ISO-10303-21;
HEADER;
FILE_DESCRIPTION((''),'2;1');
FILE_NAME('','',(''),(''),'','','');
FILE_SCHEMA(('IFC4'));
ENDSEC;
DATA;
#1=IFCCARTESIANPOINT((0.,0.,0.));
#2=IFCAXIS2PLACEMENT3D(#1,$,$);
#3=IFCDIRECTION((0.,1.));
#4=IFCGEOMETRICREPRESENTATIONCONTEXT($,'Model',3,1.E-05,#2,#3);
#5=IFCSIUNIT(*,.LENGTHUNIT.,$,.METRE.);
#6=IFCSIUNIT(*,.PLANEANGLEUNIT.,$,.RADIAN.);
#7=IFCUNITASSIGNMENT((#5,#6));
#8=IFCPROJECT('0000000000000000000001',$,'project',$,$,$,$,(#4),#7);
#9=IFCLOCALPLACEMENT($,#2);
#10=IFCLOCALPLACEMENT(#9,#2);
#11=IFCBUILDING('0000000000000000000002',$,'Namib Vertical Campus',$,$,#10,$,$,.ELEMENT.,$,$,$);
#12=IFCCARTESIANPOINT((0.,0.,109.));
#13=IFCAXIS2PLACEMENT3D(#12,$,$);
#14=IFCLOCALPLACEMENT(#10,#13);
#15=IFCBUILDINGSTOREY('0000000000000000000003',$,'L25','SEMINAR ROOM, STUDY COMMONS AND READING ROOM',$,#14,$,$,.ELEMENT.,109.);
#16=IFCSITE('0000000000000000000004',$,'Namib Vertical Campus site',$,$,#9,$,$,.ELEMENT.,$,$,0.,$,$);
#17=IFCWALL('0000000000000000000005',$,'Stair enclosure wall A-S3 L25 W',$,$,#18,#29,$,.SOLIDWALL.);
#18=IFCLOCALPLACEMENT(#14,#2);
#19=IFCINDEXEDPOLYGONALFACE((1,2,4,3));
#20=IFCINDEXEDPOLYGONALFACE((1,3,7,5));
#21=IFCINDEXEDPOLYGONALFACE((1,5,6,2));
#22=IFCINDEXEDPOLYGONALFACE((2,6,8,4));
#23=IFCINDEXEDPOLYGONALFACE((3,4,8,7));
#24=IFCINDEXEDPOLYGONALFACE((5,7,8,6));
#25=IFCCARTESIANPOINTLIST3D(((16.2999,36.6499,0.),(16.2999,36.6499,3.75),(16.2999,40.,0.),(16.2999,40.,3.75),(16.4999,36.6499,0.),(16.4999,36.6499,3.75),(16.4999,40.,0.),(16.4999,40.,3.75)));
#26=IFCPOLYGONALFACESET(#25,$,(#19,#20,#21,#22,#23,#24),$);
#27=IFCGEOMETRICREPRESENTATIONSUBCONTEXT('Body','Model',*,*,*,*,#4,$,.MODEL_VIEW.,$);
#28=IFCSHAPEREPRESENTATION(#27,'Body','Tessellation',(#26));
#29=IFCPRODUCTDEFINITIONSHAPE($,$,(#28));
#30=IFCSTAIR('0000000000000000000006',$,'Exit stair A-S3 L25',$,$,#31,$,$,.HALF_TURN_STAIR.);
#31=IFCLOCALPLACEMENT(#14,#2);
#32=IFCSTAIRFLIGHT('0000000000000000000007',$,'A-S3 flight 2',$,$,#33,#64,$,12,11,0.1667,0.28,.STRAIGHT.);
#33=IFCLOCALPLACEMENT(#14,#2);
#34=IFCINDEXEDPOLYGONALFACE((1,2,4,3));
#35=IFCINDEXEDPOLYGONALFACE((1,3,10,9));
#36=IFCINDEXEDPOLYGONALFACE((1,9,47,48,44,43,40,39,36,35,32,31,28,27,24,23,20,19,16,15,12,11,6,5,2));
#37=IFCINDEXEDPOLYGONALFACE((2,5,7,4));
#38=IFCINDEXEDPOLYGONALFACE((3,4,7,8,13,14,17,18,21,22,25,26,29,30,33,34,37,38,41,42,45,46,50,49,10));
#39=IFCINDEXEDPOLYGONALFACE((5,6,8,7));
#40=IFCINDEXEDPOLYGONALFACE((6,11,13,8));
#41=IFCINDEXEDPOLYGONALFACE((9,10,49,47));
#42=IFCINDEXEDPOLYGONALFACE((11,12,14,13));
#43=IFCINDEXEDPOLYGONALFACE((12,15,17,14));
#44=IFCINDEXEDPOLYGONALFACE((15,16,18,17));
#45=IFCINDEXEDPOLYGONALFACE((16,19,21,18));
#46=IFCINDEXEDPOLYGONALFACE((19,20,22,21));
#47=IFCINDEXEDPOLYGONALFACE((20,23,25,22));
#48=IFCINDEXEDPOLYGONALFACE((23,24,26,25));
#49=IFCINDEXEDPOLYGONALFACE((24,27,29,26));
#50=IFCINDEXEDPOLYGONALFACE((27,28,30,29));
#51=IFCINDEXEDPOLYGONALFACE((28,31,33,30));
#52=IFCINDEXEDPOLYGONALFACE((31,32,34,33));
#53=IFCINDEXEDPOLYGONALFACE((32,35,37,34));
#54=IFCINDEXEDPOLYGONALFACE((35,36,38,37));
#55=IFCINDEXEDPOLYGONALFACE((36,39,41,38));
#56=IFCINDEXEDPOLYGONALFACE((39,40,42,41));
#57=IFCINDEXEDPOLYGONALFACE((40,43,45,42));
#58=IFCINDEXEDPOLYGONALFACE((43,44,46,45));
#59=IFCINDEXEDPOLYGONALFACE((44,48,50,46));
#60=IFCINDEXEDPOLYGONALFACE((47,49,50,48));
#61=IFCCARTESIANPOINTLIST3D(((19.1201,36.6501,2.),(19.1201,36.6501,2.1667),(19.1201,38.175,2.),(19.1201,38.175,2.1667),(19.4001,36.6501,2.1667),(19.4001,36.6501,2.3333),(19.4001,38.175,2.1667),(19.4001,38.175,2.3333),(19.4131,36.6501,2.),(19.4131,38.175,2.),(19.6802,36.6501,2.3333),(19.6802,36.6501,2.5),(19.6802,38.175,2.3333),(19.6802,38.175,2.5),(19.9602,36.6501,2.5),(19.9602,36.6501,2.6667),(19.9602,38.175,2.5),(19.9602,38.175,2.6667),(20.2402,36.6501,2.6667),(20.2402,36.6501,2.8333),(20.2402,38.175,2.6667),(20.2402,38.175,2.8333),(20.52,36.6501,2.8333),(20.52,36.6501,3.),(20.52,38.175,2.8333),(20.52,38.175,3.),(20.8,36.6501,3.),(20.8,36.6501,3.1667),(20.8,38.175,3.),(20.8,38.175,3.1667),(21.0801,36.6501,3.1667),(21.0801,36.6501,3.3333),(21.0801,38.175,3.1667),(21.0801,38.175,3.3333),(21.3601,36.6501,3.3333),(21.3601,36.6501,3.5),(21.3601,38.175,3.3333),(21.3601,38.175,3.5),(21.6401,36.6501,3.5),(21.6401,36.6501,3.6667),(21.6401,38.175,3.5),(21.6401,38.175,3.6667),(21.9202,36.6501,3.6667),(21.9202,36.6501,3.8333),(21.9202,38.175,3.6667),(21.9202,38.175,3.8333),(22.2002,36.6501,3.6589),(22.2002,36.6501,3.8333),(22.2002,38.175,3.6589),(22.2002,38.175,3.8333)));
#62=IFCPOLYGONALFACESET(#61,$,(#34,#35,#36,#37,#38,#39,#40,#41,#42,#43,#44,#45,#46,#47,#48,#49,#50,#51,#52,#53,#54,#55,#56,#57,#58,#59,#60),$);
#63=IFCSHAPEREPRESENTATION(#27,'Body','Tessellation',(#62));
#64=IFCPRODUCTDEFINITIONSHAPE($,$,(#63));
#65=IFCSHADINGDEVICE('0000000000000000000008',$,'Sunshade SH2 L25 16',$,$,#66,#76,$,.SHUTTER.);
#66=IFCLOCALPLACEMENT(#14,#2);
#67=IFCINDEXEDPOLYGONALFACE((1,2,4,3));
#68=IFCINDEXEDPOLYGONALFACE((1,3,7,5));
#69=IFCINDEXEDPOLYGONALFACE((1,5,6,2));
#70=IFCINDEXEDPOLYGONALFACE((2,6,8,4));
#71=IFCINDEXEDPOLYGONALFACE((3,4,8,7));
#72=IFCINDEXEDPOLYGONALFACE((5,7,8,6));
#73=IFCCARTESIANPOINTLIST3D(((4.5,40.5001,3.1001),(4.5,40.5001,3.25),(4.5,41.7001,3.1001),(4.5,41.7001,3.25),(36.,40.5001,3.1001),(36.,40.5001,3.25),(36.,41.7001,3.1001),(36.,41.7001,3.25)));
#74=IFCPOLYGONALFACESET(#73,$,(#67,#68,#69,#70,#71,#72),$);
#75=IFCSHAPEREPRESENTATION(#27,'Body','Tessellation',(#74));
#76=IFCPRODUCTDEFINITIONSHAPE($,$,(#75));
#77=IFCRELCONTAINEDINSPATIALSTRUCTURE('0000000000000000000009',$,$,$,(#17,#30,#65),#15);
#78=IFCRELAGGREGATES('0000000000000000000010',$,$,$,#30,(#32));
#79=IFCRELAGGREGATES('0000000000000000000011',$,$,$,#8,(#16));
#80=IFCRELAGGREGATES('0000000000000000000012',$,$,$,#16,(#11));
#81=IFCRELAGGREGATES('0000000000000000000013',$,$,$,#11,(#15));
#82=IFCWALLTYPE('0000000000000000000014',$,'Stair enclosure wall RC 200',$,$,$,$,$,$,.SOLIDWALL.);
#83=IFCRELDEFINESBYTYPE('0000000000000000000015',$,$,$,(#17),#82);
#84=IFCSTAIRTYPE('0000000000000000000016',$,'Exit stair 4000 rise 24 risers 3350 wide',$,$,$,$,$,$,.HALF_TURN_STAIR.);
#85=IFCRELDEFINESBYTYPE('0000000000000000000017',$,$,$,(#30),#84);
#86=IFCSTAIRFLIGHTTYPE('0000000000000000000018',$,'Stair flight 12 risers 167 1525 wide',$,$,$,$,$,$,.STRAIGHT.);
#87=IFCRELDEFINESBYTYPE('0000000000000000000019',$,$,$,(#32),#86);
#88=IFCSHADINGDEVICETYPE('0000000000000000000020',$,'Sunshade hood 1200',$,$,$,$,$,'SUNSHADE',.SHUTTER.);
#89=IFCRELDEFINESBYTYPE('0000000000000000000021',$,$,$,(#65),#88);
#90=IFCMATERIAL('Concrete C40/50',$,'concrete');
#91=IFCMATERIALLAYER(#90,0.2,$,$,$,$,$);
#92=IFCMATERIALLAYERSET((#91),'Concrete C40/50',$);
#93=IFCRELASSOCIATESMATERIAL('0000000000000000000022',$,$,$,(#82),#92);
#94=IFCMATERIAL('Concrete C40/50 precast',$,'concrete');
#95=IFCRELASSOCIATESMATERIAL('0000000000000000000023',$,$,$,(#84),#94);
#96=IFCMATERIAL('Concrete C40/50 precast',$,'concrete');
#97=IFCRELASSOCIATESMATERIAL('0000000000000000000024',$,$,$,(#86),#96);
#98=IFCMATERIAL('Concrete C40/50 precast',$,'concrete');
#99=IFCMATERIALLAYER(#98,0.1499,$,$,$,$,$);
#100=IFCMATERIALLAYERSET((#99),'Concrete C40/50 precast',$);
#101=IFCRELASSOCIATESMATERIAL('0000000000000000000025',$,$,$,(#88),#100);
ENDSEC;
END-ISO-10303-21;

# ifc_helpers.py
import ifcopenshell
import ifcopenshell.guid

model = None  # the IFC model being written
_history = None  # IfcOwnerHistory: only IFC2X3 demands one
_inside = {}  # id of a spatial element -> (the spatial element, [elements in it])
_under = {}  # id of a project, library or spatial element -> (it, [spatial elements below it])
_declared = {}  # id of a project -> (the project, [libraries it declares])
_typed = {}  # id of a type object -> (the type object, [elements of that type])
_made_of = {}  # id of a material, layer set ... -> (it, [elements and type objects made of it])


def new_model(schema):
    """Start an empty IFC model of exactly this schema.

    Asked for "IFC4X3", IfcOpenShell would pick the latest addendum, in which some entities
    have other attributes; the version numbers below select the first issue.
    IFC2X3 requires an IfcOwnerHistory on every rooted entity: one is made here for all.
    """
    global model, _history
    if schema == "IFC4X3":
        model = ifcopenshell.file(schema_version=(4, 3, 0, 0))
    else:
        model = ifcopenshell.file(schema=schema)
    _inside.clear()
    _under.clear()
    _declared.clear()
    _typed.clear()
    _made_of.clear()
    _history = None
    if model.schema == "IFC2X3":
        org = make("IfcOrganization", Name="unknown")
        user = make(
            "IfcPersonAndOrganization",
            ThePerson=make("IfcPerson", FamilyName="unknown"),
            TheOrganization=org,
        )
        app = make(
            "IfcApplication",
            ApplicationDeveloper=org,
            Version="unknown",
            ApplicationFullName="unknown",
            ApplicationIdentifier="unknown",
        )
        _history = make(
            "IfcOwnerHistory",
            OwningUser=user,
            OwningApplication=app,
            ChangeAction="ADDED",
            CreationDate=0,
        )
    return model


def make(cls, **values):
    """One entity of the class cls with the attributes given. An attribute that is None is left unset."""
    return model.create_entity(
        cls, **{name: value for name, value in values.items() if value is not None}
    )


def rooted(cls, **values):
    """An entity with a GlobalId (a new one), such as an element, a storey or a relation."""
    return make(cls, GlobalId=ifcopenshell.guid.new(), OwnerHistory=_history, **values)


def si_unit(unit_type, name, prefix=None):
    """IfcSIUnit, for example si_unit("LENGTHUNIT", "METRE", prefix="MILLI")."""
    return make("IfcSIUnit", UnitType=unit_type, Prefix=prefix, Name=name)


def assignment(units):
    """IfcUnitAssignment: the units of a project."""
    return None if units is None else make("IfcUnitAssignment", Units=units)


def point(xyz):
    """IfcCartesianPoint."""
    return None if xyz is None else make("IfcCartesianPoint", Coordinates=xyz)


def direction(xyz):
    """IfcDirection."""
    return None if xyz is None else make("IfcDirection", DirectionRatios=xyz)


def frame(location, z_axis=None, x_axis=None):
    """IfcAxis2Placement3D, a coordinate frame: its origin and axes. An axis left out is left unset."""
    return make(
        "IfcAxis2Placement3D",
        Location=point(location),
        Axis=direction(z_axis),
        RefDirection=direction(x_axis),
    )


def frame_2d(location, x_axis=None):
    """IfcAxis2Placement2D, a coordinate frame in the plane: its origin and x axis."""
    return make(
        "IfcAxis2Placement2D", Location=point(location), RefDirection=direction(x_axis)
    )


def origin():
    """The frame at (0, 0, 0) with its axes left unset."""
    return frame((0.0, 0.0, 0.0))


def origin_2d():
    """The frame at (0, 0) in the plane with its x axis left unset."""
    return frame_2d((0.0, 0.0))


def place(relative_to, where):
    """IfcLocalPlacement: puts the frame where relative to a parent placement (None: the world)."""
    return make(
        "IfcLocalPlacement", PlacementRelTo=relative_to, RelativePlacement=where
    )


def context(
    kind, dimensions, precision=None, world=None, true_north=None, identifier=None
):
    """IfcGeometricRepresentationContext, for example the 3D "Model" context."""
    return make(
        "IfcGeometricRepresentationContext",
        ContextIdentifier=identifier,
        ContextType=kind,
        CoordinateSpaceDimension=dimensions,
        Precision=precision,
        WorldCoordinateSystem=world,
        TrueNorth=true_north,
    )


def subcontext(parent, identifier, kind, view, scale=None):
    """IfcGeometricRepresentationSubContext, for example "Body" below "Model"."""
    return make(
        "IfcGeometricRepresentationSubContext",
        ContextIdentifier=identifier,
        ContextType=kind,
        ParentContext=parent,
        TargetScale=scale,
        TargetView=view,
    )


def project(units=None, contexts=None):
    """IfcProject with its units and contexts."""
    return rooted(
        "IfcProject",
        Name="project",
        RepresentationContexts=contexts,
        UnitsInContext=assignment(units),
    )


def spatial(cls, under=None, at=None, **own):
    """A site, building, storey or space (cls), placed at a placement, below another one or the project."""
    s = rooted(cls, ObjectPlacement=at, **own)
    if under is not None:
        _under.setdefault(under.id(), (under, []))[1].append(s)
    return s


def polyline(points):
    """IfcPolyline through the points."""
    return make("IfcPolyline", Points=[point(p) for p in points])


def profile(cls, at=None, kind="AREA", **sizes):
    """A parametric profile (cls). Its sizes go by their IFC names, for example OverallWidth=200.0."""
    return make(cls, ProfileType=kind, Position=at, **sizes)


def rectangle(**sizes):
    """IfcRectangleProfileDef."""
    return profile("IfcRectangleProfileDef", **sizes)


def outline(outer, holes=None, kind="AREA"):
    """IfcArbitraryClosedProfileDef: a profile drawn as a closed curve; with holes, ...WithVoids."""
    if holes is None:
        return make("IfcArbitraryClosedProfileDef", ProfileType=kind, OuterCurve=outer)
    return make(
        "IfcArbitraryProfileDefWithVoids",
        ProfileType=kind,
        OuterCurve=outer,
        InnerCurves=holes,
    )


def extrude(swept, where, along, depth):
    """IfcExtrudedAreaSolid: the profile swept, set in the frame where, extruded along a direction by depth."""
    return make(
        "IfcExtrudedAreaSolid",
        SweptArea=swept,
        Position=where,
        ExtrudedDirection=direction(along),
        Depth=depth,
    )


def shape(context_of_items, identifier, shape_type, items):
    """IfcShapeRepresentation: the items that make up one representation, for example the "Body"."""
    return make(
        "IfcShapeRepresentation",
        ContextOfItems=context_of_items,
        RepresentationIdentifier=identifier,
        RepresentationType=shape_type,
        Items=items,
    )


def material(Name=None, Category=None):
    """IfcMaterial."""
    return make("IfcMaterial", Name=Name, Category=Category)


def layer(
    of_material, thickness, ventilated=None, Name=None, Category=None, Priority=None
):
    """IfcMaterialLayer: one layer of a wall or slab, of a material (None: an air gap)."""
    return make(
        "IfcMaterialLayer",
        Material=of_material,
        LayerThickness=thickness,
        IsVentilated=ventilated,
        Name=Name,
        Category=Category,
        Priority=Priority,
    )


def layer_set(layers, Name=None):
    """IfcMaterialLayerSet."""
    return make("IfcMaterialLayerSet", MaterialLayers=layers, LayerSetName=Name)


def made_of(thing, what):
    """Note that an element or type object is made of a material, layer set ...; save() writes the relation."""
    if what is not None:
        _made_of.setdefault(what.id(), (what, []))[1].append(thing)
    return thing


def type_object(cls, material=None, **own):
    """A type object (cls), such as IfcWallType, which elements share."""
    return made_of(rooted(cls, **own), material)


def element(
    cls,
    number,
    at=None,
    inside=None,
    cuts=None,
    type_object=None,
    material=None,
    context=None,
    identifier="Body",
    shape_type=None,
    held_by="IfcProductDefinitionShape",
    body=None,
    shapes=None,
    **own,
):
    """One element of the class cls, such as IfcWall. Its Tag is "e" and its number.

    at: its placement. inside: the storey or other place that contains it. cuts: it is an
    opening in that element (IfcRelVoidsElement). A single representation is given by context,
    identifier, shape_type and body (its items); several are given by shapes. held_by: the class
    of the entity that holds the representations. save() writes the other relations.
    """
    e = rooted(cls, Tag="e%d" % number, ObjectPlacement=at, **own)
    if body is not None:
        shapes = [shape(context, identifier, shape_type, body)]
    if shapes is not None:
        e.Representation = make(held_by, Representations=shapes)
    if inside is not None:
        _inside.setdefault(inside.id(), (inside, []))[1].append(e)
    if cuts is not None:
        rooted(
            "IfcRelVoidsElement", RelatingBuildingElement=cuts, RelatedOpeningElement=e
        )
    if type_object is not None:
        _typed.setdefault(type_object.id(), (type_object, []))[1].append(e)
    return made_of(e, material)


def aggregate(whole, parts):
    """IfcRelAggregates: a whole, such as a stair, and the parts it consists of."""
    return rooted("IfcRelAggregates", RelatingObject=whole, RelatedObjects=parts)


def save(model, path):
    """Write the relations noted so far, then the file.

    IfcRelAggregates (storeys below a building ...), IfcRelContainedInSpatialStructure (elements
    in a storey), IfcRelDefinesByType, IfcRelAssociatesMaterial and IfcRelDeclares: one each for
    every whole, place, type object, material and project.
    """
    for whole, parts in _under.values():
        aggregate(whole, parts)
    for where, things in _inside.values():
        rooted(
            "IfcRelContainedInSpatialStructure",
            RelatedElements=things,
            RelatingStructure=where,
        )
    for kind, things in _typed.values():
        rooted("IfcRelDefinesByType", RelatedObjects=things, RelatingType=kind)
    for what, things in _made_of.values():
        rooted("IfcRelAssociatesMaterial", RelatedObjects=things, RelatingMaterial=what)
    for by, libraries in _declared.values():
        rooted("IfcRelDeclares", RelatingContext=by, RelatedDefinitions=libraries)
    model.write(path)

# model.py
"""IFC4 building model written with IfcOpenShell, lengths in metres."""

from ifc_helpers import new_model, si_unit, direction, frame, frame_2d, origin, origin_2d, place, context, subcontext, project, spatial, polyline, rectangle, outline, extrude, material, layer, layer_set, type_object, element, aggregate, save


model = new_model("IFC4")

# Units and contexts
model_context = context("Model", 3, precision=1e-05, world=origin(), true_north=direction((0.0, 1.0)))
body_context = subcontext(model_context, "Body", "Model", "MODEL_VIEW")
ifc_project = project(units=[si_unit("LENGTHUNIT", "METRE"), si_unit("PLANEANGLEUNIT", "RADIAN")], contexts=[model_context])

# Site, building, storey
site_placement = place(None, origin())
site = spatial("IfcSite", under=ifc_project, at=site_placement, Name="Namib Vertical Campus site", CompositionType="ELEMENT", RefElevation=0.0)
building_placement = place(site_placement, origin())
building = spatial("IfcBuilding", under=site, at=building_placement, Name="Namib Vertical Campus", CompositionType="ELEMENT")
storey_placement = place(building_placement, frame((0.0, 0.0, 109.0)))
storey = spatial("IfcBuildingStorey", under=building, at=storey_placement, Name="L25", Description="SEMINAR ROOM, STUDY COMMONS AND READING ROOM", CompositionType="ELEMENT", Elevation=109.0)

# Shared definitions
ifc_material_1 = material(Name="Concrete C40/50", Category="concrete")
ifc_layer_1 = layer(ifc_material_1, 0.2)
ifc_layer_set_1 = layer_set([ifc_layer_1], Name="Concrete C40/50")
wall_type_1 = type_object("IfcWallType", Name="Stair enclosure wall RC 200", PredefinedType="SOLIDWALL", material=ifc_layer_set_1)

# Wall
wall_1_placement = place(storey_placement, frame((16.3999, 36.6499, 0.0), z_axis=(0.0, 0.0, 1.0), x_axis=(0.0, 1.0, 0.0)))
element("IfcWall", 1, at=wall_1_placement, inside=storey, type_object=wall_type_1, Name="Stair enclosure wall A-S3 L25 W", PredefinedType="SOLIDWALL", context=body_context, shape_type="SweptSolid", body=[
    extrude(rectangle(XDim=3.3501, YDim=0.2, at=frame_2d((1.675, 0.0))), origin(), (0.0, 0.0, 1.0), 3.75),
])

# Stair, stair flight
ifc_material_2 = material(Name="Concrete C40/50 precast", Category="concrete")
stair_type = type_object("IfcStairType", Name="Exit stair 4000 rise 24 risers 3350 wide", PredefinedType="HALF_TURN_STAIR", material=ifc_material_2)
stair_placement = place(storey_placement, origin())
stair = element("IfcStair", 2, at=stair_placement, inside=storey, type_object=stair_type, Name="Exit stair A-S3 L25", PredefinedType="HALF_TURN_STAIR")
ifc_material_3 = material(Name="Concrete C40/50 precast", Category="concrete")
stair_flight_type = type_object("IfcStairFlightType", Name="Stair flight 12 risers 167 1525 wide", PredefinedType="STRAIGHT", material=ifc_material_3)
stair_flight_placement = place(storey_placement, frame((19.1201, 37.4126, 2.0), z_axis=(0.0, 0.0, 1.0), x_axis=(1.0, 0.0, 0.0)))
stair_flight = element("IfcStairFlight", 3, at=stair_flight_placement, type_object=stair_flight_type, Name="A-S3 flight 2", NumberOfRisers=12, NumberOfTreads=11, PredefinedType="STRAIGHT", RiserHeight=0.1667, TreadLength=0.28, context=body_context, shape_type="SweptSolid", body=[
    extrude(outline(polyline([(0.0, 0.0), (0.0, 0.1667), (0.28, 0.1667), (0.28, 0.3333), (0.5601, 0.3333), (0.5601, 0.5), (0.8401, 0.5), (0.8401, 0.6667), (1.1201, 0.6667), (1.1201, 0.8333), (1.3999, 0.8333), (1.3999, 1.0), (1.6799, 1.0), (1.6799, 1.1667), (1.96, 1.1667), (1.96, 1.3333), (2.24, 1.3333), (2.24, 1.5), (2.52, 1.5), (2.52, 1.6667), (2.8, 1.6667), (2.8, 1.8333), (3.0801, 1.8333), (3.0801, 2.0), (3.0801, 1.6589), (0.293, 0.0), (0.0, 0.0)])), frame((0.0, 0.7625, 0.0), z_axis=(0.0, -1.0, 0.0), x_axis=(1.0, 0.0, 0.0)), (0.0, 0.0, 1.0), 1.5249),
])
aggregate(stair, [stair_flight])

# Shading device
ifc_material_4 = material(Name="Concrete C40/50 precast", Category="concrete")
ifc_layer_2 = layer(ifc_material_4, 0.1499)
ifc_layer_set_2 = layer_set([ifc_layer_2], Name="Concrete C40/50 precast")
shading_device_type = type_object("IfcShadingDeviceType", Name="Sunshade hood 1200", ElementType="SUNSHADE", PredefinedType="SHUTTER", material=ifc_layer_set_2)
shading_device_placement = place(storey_placement, frame((20.25, 41.1001, 3.1001), z_axis=(0.0, 0.0, 1.0), x_axis=(-1.0, 0.0, 0.0)))
element("IfcShadingDevice", 4, at=shading_device_placement, inside=storey, type_object=shading_device_type, Name="Sunshade SH2 L25 16", PredefinedType="SHUTTER", context=body_context, shape_type="SweptSolid", body=[
    extrude(rectangle(XDim=31.5, YDim=1.2, at=origin_2d()), origin(), (0.0, 0.0, 1.0), 0.1499),
])

save(model, "model.ifc")
